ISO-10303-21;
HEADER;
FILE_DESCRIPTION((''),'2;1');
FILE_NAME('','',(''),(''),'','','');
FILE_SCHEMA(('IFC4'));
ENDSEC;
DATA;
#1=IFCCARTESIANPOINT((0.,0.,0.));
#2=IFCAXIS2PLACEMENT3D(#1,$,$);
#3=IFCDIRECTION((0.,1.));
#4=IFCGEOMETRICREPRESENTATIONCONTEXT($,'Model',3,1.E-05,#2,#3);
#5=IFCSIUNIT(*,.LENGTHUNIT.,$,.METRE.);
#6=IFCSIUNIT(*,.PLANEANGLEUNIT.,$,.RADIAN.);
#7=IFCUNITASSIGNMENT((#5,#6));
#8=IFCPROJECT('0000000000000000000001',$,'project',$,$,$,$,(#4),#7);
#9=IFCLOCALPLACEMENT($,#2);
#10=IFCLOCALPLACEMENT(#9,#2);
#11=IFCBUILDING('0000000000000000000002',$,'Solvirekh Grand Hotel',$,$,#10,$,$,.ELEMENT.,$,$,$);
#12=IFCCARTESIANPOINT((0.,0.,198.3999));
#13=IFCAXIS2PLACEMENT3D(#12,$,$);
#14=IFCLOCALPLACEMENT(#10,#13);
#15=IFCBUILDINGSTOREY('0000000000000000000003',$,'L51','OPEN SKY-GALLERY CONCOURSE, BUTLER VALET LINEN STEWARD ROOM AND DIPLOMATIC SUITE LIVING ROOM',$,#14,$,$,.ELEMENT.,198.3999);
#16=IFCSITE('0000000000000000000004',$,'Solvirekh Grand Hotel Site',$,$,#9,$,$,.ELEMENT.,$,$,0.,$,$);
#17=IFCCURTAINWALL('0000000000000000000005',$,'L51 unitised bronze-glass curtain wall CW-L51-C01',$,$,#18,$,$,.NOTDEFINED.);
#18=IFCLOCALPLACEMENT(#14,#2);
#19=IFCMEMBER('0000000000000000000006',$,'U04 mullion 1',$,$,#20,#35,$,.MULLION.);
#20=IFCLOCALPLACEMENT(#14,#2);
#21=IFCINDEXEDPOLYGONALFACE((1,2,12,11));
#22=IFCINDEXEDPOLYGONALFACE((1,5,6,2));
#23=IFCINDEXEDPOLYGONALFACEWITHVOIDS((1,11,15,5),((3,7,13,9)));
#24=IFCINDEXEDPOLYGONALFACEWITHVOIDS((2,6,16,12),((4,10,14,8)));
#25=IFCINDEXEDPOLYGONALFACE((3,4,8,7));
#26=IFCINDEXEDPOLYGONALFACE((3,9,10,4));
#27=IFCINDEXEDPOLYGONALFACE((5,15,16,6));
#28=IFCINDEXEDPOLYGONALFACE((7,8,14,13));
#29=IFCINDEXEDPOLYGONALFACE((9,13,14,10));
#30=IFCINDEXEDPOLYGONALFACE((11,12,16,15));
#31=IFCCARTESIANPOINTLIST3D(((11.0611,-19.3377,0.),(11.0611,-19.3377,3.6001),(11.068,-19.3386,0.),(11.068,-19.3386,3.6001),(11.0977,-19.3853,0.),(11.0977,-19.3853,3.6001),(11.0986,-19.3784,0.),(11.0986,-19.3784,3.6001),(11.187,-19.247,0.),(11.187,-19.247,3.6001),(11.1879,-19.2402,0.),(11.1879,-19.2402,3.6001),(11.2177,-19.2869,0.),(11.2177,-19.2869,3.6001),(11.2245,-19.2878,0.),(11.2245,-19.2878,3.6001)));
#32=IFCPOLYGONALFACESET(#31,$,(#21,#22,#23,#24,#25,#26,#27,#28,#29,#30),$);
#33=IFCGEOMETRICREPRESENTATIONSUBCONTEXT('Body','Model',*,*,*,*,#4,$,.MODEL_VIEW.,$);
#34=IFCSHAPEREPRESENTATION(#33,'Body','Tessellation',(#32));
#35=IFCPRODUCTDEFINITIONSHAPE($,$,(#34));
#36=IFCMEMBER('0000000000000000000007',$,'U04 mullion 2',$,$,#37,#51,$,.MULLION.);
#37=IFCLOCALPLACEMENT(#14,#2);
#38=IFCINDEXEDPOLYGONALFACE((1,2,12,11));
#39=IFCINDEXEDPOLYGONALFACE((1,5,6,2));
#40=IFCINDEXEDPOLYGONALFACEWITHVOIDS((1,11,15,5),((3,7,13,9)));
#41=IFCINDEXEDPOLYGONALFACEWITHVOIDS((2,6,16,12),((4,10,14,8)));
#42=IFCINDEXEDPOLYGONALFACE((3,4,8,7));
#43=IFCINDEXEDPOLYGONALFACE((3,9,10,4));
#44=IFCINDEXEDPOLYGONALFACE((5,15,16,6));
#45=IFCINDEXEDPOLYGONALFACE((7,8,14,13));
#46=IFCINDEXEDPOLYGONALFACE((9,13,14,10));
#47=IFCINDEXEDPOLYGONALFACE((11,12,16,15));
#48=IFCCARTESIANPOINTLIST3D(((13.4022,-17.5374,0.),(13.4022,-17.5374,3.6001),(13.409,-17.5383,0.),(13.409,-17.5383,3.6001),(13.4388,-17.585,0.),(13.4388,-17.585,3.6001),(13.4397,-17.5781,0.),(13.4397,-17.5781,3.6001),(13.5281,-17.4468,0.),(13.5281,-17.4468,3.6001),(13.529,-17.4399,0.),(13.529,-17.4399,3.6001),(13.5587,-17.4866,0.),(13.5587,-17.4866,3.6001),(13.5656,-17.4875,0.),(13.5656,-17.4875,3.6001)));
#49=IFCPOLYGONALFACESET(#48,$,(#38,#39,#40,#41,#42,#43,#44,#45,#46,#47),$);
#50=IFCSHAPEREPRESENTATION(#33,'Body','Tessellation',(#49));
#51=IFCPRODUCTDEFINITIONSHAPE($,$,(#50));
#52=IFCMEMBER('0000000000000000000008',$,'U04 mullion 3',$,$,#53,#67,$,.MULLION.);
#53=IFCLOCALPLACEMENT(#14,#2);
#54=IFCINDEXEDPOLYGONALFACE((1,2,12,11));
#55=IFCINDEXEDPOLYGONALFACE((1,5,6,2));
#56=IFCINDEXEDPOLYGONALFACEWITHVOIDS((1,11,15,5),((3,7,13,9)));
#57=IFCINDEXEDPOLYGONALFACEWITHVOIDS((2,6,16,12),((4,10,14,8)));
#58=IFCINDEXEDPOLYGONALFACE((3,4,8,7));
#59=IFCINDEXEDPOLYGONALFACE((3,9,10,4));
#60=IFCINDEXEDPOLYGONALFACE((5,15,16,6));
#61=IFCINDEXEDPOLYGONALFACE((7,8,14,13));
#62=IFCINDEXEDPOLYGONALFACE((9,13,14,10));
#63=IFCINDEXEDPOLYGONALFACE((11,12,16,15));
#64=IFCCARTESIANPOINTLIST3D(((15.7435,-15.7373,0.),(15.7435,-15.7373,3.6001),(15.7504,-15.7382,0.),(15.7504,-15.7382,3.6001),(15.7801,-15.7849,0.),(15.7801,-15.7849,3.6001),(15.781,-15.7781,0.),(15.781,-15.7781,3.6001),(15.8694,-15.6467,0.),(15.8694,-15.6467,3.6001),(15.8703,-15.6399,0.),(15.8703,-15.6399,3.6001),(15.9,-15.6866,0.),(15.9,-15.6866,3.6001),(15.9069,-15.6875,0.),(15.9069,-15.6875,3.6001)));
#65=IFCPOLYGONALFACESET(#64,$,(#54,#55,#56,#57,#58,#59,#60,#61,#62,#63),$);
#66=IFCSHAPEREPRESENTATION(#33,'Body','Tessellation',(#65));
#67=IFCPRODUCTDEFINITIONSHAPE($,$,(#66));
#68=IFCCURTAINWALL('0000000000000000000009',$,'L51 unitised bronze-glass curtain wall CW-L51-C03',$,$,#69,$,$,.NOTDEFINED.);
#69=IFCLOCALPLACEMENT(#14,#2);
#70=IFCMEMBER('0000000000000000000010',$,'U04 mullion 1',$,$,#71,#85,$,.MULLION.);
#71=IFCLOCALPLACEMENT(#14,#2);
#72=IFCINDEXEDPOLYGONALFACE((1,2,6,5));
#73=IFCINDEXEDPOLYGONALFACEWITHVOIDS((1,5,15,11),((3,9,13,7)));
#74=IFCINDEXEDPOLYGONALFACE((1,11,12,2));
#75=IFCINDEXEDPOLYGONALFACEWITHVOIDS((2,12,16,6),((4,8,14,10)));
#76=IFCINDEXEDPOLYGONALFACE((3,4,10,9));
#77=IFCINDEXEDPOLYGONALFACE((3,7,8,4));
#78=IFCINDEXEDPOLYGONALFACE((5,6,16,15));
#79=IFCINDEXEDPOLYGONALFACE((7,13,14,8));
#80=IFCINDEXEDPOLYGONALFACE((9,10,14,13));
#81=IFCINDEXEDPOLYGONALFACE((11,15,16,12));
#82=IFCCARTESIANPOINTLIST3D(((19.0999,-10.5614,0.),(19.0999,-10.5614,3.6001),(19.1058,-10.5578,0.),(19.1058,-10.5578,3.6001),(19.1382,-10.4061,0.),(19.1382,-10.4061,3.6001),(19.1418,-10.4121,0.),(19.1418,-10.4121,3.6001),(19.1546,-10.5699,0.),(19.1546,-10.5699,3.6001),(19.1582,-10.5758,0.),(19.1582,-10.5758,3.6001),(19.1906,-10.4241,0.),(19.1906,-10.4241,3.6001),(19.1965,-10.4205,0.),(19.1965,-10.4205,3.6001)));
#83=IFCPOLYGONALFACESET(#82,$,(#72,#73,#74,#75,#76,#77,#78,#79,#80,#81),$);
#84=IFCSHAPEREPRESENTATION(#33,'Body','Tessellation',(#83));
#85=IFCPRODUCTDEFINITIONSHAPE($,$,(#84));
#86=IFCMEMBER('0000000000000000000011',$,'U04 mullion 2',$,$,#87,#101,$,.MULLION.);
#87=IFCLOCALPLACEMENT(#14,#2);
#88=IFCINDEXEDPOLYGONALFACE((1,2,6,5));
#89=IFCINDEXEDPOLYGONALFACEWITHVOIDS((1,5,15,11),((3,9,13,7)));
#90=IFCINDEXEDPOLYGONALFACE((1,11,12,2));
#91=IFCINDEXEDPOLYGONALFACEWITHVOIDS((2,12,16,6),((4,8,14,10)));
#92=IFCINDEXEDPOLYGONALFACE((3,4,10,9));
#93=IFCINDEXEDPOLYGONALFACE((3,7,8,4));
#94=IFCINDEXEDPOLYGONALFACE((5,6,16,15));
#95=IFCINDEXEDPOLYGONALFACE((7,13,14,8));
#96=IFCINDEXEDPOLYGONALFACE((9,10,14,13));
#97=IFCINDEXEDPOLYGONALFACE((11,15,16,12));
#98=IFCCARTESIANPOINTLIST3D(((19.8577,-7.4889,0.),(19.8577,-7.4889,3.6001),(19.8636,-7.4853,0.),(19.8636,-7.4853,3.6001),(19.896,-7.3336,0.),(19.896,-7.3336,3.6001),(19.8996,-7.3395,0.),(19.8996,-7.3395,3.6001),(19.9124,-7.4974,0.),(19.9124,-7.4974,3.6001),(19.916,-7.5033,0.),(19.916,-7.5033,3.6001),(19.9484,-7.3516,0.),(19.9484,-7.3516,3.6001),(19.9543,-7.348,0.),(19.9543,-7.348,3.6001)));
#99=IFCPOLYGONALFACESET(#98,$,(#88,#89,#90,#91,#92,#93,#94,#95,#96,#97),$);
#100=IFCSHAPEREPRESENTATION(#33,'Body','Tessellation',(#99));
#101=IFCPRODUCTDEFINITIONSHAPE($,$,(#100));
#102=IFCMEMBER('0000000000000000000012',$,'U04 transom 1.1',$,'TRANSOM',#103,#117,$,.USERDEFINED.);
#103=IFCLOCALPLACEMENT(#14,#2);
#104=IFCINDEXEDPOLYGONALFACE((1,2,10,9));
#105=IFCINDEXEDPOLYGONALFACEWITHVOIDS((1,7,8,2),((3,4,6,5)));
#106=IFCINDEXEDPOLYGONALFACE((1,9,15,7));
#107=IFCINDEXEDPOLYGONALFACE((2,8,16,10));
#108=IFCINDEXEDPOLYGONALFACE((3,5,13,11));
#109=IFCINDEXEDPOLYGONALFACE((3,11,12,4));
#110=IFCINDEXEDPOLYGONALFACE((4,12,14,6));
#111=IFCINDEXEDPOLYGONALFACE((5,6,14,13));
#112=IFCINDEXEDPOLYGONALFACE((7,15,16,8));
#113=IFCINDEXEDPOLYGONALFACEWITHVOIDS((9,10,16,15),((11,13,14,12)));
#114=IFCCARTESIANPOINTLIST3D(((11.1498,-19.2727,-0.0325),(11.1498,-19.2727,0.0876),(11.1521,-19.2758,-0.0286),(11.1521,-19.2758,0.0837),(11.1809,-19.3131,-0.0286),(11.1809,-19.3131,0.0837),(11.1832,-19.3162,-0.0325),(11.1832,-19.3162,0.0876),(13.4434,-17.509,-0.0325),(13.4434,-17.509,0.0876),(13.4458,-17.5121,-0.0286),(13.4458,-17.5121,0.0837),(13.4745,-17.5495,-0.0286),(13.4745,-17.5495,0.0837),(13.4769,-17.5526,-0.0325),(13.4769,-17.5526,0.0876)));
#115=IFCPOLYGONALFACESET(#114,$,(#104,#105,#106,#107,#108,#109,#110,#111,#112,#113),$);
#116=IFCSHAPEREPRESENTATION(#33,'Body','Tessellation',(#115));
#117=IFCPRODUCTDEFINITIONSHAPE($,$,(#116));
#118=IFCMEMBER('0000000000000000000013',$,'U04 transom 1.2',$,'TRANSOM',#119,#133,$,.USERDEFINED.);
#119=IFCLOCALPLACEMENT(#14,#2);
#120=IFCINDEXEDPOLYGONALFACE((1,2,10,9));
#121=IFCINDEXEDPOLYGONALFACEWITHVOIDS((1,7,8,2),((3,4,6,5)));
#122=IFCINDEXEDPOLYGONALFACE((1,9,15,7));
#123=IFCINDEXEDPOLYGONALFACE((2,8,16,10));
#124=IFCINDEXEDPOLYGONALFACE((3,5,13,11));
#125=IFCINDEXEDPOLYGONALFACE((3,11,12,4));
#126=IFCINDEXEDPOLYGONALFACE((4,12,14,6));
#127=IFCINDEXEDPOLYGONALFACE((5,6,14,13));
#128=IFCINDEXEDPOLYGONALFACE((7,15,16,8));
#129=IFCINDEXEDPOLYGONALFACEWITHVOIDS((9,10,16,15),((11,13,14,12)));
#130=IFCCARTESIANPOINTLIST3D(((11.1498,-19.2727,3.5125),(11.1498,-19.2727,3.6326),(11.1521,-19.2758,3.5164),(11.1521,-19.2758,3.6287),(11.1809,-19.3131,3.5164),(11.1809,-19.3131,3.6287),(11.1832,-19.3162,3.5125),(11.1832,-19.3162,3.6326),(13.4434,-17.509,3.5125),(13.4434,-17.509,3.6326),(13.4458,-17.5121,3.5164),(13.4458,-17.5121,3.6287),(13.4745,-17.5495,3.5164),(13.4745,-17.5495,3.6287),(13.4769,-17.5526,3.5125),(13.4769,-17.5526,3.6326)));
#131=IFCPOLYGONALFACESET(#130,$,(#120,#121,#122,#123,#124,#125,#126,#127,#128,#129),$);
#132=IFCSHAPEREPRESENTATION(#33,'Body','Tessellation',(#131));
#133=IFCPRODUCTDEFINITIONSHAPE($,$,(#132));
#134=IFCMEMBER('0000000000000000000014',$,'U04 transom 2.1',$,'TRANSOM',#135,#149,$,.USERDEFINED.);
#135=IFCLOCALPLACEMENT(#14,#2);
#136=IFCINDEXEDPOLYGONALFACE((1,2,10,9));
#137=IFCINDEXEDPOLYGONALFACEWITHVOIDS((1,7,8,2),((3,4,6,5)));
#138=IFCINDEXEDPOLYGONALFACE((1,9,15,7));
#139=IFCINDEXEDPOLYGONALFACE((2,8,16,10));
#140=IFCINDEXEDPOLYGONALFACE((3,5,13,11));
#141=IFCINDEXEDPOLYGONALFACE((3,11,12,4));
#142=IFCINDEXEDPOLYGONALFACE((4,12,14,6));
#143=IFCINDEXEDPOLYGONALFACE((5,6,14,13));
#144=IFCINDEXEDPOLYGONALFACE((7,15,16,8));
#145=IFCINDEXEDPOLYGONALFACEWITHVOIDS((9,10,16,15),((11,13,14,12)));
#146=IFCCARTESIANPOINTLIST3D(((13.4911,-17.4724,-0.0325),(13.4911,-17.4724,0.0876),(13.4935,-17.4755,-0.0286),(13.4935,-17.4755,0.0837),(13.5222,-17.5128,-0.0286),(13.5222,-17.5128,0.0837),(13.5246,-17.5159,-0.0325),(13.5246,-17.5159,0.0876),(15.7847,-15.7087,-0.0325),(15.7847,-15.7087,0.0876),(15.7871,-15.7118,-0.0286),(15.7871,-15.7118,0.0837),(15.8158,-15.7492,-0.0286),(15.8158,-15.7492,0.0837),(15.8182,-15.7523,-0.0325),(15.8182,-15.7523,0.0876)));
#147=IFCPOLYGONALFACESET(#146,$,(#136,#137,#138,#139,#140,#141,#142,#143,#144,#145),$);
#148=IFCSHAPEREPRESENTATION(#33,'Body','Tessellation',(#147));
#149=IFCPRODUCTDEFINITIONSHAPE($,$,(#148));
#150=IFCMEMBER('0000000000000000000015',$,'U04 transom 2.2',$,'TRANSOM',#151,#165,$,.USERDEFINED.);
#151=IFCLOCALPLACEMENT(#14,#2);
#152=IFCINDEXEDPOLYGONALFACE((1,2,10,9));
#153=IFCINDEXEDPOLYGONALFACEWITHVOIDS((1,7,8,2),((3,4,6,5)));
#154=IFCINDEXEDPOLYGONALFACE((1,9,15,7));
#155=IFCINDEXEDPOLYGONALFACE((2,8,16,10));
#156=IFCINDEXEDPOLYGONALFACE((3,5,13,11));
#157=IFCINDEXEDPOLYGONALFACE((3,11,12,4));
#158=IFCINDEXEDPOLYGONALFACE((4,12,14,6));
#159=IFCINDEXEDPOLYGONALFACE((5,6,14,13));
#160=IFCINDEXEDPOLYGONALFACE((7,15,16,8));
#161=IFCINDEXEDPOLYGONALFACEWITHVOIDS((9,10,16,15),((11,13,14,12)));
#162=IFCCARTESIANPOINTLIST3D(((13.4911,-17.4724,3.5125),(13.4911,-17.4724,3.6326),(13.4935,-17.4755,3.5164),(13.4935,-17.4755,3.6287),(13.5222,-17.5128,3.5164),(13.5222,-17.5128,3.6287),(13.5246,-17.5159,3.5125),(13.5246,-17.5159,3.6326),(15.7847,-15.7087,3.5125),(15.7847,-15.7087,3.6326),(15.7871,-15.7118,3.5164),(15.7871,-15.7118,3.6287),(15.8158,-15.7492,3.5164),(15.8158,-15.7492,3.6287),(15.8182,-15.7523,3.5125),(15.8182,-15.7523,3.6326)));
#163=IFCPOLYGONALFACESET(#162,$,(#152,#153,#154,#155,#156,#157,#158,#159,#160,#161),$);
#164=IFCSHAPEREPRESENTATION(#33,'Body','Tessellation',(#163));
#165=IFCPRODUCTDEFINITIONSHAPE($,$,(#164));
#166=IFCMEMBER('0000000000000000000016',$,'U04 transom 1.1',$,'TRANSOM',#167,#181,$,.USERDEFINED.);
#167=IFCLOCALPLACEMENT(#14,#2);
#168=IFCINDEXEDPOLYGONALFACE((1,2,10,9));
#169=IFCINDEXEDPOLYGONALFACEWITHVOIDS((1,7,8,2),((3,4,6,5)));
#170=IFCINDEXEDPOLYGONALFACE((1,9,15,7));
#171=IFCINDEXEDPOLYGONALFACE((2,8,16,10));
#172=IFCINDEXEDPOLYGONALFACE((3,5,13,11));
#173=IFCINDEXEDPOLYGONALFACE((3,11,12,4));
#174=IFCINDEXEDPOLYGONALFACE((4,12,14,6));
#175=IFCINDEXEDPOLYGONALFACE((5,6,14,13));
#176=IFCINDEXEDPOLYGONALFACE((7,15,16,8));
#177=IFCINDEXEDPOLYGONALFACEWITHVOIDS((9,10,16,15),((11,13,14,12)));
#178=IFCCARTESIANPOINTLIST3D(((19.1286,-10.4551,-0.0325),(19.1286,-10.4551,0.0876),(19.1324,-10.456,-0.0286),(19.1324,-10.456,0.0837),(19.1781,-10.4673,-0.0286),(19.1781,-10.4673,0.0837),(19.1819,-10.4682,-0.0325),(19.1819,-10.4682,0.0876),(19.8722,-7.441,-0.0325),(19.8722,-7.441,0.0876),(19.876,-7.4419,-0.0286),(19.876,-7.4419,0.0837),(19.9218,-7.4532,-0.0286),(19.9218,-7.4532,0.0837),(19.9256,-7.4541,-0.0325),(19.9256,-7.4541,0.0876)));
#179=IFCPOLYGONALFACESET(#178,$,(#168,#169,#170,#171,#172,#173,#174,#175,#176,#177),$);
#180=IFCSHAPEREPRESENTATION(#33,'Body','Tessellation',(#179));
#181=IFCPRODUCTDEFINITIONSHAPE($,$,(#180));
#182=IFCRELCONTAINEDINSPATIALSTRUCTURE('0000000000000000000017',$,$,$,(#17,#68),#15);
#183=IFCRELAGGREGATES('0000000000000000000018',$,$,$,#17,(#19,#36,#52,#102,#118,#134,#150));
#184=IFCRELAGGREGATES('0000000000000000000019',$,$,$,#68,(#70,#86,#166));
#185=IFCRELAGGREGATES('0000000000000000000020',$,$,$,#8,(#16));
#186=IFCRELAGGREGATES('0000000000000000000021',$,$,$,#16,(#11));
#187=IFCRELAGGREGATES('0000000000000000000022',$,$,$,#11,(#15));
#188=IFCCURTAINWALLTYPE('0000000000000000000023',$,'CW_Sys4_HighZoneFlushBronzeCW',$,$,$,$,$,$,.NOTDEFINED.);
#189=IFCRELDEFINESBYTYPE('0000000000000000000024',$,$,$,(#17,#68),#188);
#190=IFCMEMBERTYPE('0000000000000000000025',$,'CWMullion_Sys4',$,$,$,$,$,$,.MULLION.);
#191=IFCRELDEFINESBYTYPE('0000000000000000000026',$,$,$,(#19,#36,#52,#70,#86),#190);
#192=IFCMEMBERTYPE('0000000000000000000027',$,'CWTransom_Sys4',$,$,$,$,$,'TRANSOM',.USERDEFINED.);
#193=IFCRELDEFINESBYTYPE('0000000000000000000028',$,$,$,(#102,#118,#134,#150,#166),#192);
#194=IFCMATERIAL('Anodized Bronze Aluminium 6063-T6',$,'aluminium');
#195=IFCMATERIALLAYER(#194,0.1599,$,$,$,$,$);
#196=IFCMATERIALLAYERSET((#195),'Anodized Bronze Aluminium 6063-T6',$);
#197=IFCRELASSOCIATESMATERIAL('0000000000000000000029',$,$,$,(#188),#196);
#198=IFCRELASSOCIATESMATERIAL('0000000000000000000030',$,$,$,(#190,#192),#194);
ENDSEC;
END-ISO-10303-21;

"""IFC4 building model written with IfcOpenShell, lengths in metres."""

from ifc_helpers import new_model, si_unit, direction, frame, origin, origin_2d, place, context, subcontext, project, spatial, hollow_rectangle, extrude, source, transform, mapped, material, layer, layer_set, material_profile, profile_set, type_object, element, aggregate, save


model = new_model("IFC4")

# Units and contexts
model_context = context("Model", 3, precision=1e-05, world=origin(), true_north=direction((0.0, 1.0)))
body_context = subcontext(model_context, "Body", "Model", "MODEL_VIEW")
ifc_project = project(units=[si_unit("LENGTHUNIT", "METRE"), si_unit("PLANEANGLEUNIT", "RADIAN")], contexts=[model_context])

# Site, building, storey
site_placement = place(None, origin())
site = spatial("IfcSite", under=ifc_project, at=site_placement, Name="Solvirekh Grand Hotel Site", CompositionType="ELEMENT", RefElevation=0.0)
building_placement = place(site_placement, origin())
building = spatial("IfcBuilding", under=site, at=building_placement, Name="Solvirekh Grand Hotel", CompositionType="ELEMENT")
storey_placement = place(building_placement, frame((0.0, 0.0, 198.3999)))
storey = spatial("IfcBuildingStorey", under=building, at=storey_placement, Name="L51", Description="OPEN SKY-GALLERY CONCOURSE, BUTLER VALET LINEN STEWARD ROOM AND DIPLOMATIC SUITE LIVING ROOM", CompositionType="ELEMENT", Elevation=198.3999)

# Curtain walls, members
ifc_material_1 = material(Name="Anodized Bronze Aluminium 6063-T6", Category="aluminium")
ifc_layer_1 = layer(ifc_material_1, 0.1599)
ifc_layer_set_1 = layer_set([ifc_layer_1], Name="Anodized Bronze Aluminium 6063-T6")
curtain_wall_type = type_object("IfcCurtainWallType", Name="CW_Sys4_HighZoneFlushBronzeCW", PredefinedType="NOTDEFINED", material=ifc_layer_set_1)
curtain_wall_1_placement = place(storey_placement, origin())
curtain_wall_1 = element("IfcCurtainWall", 1, at=curtain_wall_1_placement, inside=storey, type_object=curtain_wall_type, Name="L51 unitised bronze-glass curtain wall CW-L51-C01", PredefinedType="NOTDEFINED")
ifc_material_profile_1 = material_profile(ifc_material_1, hollow_rectangle(XDim=0.0601, YDim=0.1599, WallThickness=0.0049, at=origin_2d()), Name="ALU RHS 160X60X5")
ifc_profile_set_1 = profile_set([ifc_material_profile_1], Name="Anodized Bronze Aluminium 6063-T6")
member_type_1 = type_object("IfcMemberType", Name="CWMullion_Sys4", PredefinedType="MULLION", material=ifc_profile_set_1)
shared_shape_1 = source(origin(), body_context, "Body", "SweptSolid", [
    extrude(hollow_rectangle(XDim=0.0601, YDim=0.1599, WallThickness=0.0049, at=origin_2d()), origin(), (0.0, 0.0, 1.0), 3.6001),
])
member_1_placement = place(storey_placement, frame((11.1428, -19.3127, 0.0), z_axis=(0.0, 0.0, 1.0), x_axis=(-0.609557, 0.792742, 0.0)))
member_1 = element("IfcMember", 2, at=member_1_placement, type_object=member_type_1, Name="U04 mullion 1", PredefinedType="MULLION", context=body_context, shape_type="MappedRepresentation", body=[
    mapped(shared_shape_1, transform((0.0, 0.0, 0.0), x_axis=(1.0, 0.0, 0.0), y_axis=(0.0, 1.0, 0.0), z_axis=(0.0, 0.0, 1.0), scale=1.0)),
])
member_2_placement = place(storey_placement, frame((13.4839, -17.5125, 0.0), z_axis=(0.0, 0.0, 1.0), x_axis=(-0.609557, 0.792742, 0.0)))
member_2 = element("IfcMember", 3, at=member_2_placement, type_object=member_type_1, Name="U04 mullion 2", PredefinedType="MULLION", context=body_context, shape_type="MappedRepresentation", body=[
    mapped(shared_shape_1, transform((0.0, 0.0, 0.0), x_axis=(1.0, 0.0, 0.0), y_axis=(0.0, 1.0, 0.0), z_axis=(0.0, 0.0, 1.0), scale=1.0)),
])
member_3_placement = place(storey_placement, frame((15.8252, -15.7124, 0.0), z_axis=(0.0, 0.0, 1.0), x_axis=(-0.609557, 0.792742, 0.0)))
member_3 = element("IfcMember", 4, at=member_3_placement, type_object=member_type_1, Name="U04 mullion 3", PredefinedType="MULLION", context=body_context, shape_type="MappedRepresentation", body=[
    mapped(shared_shape_1, transform((0.0, 0.0, 0.0), x_axis=(1.0, 0.0, 0.0), y_axis=(0.0, 1.0, 0.0), z_axis=(0.0, 0.0, 1.0), scale=1.0)),
])
curtain_wall_2_placement = place(storey_placement, origin())
curtain_wall_2 = element("IfcCurtainWall", 5, at=curtain_wall_2_placement, inside=storey, type_object=curtain_wall_type, Name="L51 unitised bronze-glass curtain wall CW-L51-C03", PredefinedType="NOTDEFINED")
member_4_placement = place(storey_placement, frame((19.1482, -10.491, 0.0), z_axis=(0.0, 0.0, 1.0), x_axis=(-0.970902, 0.239478, 0.0)))
member_4 = element("IfcMember", 6, at=member_4_placement, type_object=member_type_1, Name="U04 mullion 1", PredefinedType="MULLION", context=body_context, shape_type="MappedRepresentation", body=[
    mapped(shared_shape_1, transform((0.0, 0.0, 0.0), x_axis=(1.0, 0.0, 0.0), y_axis=(0.0, 1.0, 0.0), z_axis=(0.0, 0.0, 1.0), scale=1.0)),
])
member_5_placement = place(storey_placement, frame((19.906, -7.4185, 0.0), z_axis=(0.0, 0.0, 1.0), x_axis=(-0.970902, 0.239478, 0.0)))
member_5 = element("IfcMember", 7, at=member_5_placement, type_object=member_type_1, Name="U04 mullion 2", PredefinedType="MULLION", context=body_context, shape_type="MappedRepresentation", body=[
    mapped(shared_shape_1, transform((0.0, 0.0, 0.0), x_axis=(1.0, 0.0, 0.0), y_axis=(0.0, 1.0, 0.0), z_axis=(0.0, 0.0, 1.0), scale=1.0)),
])

# Members
ifc_material_profile_2 = material_profile(ifc_material_1, hollow_rectangle(XDim=0.0549, YDim=0.1201, WallThickness=0.0039, at=origin_2d()), Name="ALU RHS 120X55X4")
ifc_profile_set_2 = profile_set([ifc_material_profile_2], Name="Anodized Bronze Aluminium 6063-T6")
member_type_2 = type_object("IfcMemberType", Name="CWTransom_Sys4", ElementType="TRANSOM", PredefinedType="USERDEFINED", material=ifc_profile_set_2)
shared_shape_2 = source(origin(), body_context, "Body", "SweptSolid", [
    extrude(hollow_rectangle(XDim=0.0549, YDim=0.1201, WallThickness=0.0039, at=origin_2d()), origin(), (0.0, 0.0, 1.0), 2.8933),
])
member_6_placement = place(storey_placement, frame((11.1665, -19.2944, 0.0276), z_axis=(0.792743, 0.609556, 0.0), x_axis=(-0.609556, 0.792743, 0.0)))
member_6 = element("IfcMember", 8, at=member_6_placement, type_object=member_type_2, Name="U04 transom 1.1", ObjectType="TRANSOM", PredefinedType="USERDEFINED", context=body_context, shape_type="MappedRepresentation", body=[
    mapped(shared_shape_2, transform((0.0, 0.0, 0.0), x_axis=(1.0, 0.0, 0.0), y_axis=(0.0, 1.0, 0.0), z_axis=(0.0, 0.0, 1.0), scale=1.0)),
])
member_7_placement = place(storey_placement, frame((11.1665, -19.2944, 3.5725), z_axis=(0.792743, 0.609556, 0.0), x_axis=(-0.609556, 0.792743, 0.0)))
member_7 = element("IfcMember", 9, at=member_7_placement, type_object=member_type_2, Name="U04 transom 1.2", ObjectType="TRANSOM", PredefinedType="USERDEFINED", context=body_context, shape_type="MappedRepresentation", body=[
    mapped(shared_shape_2, transform((0.0, 0.0, 0.0), x_axis=(1.0, 0.0, 0.0), y_axis=(0.0, 1.0, 0.0), z_axis=(0.0, 0.0, 1.0), scale=1.0)),
])
member_8_placement = place(storey_placement, frame((13.5078, -17.4941, 0.0276), z_axis=(0.792743, 0.609556, 0.0), x_axis=(-0.609556, 0.792743, 0.0)))
member_8 = element("IfcMember", 10, at=member_8_placement, type_object=member_type_2, Name="U04 transom 2.1", ObjectType="TRANSOM", PredefinedType="USERDEFINED", context=body_context, shape_type="MappedRepresentation", body=[
    mapped(shared_shape_2, transform((0.0, 0.0, 0.0), x_axis=(1.0, 0.0, 0.0), y_axis=(0.0, 1.0, 0.0), z_axis=(0.0, 0.0, 1.0), scale=1.0)),
])
member_9_placement = place(storey_placement, frame((13.5078, -17.4941, 3.5725), z_axis=(0.792743, 0.609556, 0.0), x_axis=(-0.609556, 0.792743, 0.0)))
member_9 = element("IfcMember", 11, at=member_9_placement, type_object=member_type_2, Name="U04 transom 2.2", ObjectType="TRANSOM", PredefinedType="USERDEFINED", context=body_context, shape_type="MappedRepresentation", body=[
    mapped(shared_shape_2, transform((0.0, 0.0, 0.0), x_axis=(1.0, 0.0, 0.0), y_axis=(0.0, 1.0, 0.0), z_axis=(0.0, 0.0, 1.0), scale=1.0)),
])
shared_shape_3 = source(origin(), body_context, "Body", "SweptSolid", [
    extrude(hollow_rectangle(XDim=0.0549, YDim=0.1201, WallThickness=0.0039, at=origin_2d()), origin(), (0.0, 0.0, 1.0), 3.1045),
])
member_10_placement = place(storey_placement, frame((19.1553, -10.4617, 0.0276), z_axis=(0.239537, 0.970887, 0.0), x_axis=(-0.970887, 0.239537, 0.0)))
member_10 = element("IfcMember", 12, at=member_10_placement, type_object=member_type_2, Name="U04 transom 1.1", ObjectType="TRANSOM", PredefinedType="USERDEFINED", context=body_context, shape_type="MappedRepresentation", body=[
    mapped(shared_shape_3, transform((0.0, 0.0, 0.0), x_axis=(1.0, 0.0, 0.0), y_axis=(0.0, 1.0, 0.0), z_axis=(0.0, 0.0, 1.0), scale=1.0)),
])

aggregate(curtain_wall_1, [member_1, member_2, member_3, member_6, member_7, member_8, member_9])
aggregate(curtain_wall_2, [member_4, member_5, member_10])

save(model, "model.ifc")
